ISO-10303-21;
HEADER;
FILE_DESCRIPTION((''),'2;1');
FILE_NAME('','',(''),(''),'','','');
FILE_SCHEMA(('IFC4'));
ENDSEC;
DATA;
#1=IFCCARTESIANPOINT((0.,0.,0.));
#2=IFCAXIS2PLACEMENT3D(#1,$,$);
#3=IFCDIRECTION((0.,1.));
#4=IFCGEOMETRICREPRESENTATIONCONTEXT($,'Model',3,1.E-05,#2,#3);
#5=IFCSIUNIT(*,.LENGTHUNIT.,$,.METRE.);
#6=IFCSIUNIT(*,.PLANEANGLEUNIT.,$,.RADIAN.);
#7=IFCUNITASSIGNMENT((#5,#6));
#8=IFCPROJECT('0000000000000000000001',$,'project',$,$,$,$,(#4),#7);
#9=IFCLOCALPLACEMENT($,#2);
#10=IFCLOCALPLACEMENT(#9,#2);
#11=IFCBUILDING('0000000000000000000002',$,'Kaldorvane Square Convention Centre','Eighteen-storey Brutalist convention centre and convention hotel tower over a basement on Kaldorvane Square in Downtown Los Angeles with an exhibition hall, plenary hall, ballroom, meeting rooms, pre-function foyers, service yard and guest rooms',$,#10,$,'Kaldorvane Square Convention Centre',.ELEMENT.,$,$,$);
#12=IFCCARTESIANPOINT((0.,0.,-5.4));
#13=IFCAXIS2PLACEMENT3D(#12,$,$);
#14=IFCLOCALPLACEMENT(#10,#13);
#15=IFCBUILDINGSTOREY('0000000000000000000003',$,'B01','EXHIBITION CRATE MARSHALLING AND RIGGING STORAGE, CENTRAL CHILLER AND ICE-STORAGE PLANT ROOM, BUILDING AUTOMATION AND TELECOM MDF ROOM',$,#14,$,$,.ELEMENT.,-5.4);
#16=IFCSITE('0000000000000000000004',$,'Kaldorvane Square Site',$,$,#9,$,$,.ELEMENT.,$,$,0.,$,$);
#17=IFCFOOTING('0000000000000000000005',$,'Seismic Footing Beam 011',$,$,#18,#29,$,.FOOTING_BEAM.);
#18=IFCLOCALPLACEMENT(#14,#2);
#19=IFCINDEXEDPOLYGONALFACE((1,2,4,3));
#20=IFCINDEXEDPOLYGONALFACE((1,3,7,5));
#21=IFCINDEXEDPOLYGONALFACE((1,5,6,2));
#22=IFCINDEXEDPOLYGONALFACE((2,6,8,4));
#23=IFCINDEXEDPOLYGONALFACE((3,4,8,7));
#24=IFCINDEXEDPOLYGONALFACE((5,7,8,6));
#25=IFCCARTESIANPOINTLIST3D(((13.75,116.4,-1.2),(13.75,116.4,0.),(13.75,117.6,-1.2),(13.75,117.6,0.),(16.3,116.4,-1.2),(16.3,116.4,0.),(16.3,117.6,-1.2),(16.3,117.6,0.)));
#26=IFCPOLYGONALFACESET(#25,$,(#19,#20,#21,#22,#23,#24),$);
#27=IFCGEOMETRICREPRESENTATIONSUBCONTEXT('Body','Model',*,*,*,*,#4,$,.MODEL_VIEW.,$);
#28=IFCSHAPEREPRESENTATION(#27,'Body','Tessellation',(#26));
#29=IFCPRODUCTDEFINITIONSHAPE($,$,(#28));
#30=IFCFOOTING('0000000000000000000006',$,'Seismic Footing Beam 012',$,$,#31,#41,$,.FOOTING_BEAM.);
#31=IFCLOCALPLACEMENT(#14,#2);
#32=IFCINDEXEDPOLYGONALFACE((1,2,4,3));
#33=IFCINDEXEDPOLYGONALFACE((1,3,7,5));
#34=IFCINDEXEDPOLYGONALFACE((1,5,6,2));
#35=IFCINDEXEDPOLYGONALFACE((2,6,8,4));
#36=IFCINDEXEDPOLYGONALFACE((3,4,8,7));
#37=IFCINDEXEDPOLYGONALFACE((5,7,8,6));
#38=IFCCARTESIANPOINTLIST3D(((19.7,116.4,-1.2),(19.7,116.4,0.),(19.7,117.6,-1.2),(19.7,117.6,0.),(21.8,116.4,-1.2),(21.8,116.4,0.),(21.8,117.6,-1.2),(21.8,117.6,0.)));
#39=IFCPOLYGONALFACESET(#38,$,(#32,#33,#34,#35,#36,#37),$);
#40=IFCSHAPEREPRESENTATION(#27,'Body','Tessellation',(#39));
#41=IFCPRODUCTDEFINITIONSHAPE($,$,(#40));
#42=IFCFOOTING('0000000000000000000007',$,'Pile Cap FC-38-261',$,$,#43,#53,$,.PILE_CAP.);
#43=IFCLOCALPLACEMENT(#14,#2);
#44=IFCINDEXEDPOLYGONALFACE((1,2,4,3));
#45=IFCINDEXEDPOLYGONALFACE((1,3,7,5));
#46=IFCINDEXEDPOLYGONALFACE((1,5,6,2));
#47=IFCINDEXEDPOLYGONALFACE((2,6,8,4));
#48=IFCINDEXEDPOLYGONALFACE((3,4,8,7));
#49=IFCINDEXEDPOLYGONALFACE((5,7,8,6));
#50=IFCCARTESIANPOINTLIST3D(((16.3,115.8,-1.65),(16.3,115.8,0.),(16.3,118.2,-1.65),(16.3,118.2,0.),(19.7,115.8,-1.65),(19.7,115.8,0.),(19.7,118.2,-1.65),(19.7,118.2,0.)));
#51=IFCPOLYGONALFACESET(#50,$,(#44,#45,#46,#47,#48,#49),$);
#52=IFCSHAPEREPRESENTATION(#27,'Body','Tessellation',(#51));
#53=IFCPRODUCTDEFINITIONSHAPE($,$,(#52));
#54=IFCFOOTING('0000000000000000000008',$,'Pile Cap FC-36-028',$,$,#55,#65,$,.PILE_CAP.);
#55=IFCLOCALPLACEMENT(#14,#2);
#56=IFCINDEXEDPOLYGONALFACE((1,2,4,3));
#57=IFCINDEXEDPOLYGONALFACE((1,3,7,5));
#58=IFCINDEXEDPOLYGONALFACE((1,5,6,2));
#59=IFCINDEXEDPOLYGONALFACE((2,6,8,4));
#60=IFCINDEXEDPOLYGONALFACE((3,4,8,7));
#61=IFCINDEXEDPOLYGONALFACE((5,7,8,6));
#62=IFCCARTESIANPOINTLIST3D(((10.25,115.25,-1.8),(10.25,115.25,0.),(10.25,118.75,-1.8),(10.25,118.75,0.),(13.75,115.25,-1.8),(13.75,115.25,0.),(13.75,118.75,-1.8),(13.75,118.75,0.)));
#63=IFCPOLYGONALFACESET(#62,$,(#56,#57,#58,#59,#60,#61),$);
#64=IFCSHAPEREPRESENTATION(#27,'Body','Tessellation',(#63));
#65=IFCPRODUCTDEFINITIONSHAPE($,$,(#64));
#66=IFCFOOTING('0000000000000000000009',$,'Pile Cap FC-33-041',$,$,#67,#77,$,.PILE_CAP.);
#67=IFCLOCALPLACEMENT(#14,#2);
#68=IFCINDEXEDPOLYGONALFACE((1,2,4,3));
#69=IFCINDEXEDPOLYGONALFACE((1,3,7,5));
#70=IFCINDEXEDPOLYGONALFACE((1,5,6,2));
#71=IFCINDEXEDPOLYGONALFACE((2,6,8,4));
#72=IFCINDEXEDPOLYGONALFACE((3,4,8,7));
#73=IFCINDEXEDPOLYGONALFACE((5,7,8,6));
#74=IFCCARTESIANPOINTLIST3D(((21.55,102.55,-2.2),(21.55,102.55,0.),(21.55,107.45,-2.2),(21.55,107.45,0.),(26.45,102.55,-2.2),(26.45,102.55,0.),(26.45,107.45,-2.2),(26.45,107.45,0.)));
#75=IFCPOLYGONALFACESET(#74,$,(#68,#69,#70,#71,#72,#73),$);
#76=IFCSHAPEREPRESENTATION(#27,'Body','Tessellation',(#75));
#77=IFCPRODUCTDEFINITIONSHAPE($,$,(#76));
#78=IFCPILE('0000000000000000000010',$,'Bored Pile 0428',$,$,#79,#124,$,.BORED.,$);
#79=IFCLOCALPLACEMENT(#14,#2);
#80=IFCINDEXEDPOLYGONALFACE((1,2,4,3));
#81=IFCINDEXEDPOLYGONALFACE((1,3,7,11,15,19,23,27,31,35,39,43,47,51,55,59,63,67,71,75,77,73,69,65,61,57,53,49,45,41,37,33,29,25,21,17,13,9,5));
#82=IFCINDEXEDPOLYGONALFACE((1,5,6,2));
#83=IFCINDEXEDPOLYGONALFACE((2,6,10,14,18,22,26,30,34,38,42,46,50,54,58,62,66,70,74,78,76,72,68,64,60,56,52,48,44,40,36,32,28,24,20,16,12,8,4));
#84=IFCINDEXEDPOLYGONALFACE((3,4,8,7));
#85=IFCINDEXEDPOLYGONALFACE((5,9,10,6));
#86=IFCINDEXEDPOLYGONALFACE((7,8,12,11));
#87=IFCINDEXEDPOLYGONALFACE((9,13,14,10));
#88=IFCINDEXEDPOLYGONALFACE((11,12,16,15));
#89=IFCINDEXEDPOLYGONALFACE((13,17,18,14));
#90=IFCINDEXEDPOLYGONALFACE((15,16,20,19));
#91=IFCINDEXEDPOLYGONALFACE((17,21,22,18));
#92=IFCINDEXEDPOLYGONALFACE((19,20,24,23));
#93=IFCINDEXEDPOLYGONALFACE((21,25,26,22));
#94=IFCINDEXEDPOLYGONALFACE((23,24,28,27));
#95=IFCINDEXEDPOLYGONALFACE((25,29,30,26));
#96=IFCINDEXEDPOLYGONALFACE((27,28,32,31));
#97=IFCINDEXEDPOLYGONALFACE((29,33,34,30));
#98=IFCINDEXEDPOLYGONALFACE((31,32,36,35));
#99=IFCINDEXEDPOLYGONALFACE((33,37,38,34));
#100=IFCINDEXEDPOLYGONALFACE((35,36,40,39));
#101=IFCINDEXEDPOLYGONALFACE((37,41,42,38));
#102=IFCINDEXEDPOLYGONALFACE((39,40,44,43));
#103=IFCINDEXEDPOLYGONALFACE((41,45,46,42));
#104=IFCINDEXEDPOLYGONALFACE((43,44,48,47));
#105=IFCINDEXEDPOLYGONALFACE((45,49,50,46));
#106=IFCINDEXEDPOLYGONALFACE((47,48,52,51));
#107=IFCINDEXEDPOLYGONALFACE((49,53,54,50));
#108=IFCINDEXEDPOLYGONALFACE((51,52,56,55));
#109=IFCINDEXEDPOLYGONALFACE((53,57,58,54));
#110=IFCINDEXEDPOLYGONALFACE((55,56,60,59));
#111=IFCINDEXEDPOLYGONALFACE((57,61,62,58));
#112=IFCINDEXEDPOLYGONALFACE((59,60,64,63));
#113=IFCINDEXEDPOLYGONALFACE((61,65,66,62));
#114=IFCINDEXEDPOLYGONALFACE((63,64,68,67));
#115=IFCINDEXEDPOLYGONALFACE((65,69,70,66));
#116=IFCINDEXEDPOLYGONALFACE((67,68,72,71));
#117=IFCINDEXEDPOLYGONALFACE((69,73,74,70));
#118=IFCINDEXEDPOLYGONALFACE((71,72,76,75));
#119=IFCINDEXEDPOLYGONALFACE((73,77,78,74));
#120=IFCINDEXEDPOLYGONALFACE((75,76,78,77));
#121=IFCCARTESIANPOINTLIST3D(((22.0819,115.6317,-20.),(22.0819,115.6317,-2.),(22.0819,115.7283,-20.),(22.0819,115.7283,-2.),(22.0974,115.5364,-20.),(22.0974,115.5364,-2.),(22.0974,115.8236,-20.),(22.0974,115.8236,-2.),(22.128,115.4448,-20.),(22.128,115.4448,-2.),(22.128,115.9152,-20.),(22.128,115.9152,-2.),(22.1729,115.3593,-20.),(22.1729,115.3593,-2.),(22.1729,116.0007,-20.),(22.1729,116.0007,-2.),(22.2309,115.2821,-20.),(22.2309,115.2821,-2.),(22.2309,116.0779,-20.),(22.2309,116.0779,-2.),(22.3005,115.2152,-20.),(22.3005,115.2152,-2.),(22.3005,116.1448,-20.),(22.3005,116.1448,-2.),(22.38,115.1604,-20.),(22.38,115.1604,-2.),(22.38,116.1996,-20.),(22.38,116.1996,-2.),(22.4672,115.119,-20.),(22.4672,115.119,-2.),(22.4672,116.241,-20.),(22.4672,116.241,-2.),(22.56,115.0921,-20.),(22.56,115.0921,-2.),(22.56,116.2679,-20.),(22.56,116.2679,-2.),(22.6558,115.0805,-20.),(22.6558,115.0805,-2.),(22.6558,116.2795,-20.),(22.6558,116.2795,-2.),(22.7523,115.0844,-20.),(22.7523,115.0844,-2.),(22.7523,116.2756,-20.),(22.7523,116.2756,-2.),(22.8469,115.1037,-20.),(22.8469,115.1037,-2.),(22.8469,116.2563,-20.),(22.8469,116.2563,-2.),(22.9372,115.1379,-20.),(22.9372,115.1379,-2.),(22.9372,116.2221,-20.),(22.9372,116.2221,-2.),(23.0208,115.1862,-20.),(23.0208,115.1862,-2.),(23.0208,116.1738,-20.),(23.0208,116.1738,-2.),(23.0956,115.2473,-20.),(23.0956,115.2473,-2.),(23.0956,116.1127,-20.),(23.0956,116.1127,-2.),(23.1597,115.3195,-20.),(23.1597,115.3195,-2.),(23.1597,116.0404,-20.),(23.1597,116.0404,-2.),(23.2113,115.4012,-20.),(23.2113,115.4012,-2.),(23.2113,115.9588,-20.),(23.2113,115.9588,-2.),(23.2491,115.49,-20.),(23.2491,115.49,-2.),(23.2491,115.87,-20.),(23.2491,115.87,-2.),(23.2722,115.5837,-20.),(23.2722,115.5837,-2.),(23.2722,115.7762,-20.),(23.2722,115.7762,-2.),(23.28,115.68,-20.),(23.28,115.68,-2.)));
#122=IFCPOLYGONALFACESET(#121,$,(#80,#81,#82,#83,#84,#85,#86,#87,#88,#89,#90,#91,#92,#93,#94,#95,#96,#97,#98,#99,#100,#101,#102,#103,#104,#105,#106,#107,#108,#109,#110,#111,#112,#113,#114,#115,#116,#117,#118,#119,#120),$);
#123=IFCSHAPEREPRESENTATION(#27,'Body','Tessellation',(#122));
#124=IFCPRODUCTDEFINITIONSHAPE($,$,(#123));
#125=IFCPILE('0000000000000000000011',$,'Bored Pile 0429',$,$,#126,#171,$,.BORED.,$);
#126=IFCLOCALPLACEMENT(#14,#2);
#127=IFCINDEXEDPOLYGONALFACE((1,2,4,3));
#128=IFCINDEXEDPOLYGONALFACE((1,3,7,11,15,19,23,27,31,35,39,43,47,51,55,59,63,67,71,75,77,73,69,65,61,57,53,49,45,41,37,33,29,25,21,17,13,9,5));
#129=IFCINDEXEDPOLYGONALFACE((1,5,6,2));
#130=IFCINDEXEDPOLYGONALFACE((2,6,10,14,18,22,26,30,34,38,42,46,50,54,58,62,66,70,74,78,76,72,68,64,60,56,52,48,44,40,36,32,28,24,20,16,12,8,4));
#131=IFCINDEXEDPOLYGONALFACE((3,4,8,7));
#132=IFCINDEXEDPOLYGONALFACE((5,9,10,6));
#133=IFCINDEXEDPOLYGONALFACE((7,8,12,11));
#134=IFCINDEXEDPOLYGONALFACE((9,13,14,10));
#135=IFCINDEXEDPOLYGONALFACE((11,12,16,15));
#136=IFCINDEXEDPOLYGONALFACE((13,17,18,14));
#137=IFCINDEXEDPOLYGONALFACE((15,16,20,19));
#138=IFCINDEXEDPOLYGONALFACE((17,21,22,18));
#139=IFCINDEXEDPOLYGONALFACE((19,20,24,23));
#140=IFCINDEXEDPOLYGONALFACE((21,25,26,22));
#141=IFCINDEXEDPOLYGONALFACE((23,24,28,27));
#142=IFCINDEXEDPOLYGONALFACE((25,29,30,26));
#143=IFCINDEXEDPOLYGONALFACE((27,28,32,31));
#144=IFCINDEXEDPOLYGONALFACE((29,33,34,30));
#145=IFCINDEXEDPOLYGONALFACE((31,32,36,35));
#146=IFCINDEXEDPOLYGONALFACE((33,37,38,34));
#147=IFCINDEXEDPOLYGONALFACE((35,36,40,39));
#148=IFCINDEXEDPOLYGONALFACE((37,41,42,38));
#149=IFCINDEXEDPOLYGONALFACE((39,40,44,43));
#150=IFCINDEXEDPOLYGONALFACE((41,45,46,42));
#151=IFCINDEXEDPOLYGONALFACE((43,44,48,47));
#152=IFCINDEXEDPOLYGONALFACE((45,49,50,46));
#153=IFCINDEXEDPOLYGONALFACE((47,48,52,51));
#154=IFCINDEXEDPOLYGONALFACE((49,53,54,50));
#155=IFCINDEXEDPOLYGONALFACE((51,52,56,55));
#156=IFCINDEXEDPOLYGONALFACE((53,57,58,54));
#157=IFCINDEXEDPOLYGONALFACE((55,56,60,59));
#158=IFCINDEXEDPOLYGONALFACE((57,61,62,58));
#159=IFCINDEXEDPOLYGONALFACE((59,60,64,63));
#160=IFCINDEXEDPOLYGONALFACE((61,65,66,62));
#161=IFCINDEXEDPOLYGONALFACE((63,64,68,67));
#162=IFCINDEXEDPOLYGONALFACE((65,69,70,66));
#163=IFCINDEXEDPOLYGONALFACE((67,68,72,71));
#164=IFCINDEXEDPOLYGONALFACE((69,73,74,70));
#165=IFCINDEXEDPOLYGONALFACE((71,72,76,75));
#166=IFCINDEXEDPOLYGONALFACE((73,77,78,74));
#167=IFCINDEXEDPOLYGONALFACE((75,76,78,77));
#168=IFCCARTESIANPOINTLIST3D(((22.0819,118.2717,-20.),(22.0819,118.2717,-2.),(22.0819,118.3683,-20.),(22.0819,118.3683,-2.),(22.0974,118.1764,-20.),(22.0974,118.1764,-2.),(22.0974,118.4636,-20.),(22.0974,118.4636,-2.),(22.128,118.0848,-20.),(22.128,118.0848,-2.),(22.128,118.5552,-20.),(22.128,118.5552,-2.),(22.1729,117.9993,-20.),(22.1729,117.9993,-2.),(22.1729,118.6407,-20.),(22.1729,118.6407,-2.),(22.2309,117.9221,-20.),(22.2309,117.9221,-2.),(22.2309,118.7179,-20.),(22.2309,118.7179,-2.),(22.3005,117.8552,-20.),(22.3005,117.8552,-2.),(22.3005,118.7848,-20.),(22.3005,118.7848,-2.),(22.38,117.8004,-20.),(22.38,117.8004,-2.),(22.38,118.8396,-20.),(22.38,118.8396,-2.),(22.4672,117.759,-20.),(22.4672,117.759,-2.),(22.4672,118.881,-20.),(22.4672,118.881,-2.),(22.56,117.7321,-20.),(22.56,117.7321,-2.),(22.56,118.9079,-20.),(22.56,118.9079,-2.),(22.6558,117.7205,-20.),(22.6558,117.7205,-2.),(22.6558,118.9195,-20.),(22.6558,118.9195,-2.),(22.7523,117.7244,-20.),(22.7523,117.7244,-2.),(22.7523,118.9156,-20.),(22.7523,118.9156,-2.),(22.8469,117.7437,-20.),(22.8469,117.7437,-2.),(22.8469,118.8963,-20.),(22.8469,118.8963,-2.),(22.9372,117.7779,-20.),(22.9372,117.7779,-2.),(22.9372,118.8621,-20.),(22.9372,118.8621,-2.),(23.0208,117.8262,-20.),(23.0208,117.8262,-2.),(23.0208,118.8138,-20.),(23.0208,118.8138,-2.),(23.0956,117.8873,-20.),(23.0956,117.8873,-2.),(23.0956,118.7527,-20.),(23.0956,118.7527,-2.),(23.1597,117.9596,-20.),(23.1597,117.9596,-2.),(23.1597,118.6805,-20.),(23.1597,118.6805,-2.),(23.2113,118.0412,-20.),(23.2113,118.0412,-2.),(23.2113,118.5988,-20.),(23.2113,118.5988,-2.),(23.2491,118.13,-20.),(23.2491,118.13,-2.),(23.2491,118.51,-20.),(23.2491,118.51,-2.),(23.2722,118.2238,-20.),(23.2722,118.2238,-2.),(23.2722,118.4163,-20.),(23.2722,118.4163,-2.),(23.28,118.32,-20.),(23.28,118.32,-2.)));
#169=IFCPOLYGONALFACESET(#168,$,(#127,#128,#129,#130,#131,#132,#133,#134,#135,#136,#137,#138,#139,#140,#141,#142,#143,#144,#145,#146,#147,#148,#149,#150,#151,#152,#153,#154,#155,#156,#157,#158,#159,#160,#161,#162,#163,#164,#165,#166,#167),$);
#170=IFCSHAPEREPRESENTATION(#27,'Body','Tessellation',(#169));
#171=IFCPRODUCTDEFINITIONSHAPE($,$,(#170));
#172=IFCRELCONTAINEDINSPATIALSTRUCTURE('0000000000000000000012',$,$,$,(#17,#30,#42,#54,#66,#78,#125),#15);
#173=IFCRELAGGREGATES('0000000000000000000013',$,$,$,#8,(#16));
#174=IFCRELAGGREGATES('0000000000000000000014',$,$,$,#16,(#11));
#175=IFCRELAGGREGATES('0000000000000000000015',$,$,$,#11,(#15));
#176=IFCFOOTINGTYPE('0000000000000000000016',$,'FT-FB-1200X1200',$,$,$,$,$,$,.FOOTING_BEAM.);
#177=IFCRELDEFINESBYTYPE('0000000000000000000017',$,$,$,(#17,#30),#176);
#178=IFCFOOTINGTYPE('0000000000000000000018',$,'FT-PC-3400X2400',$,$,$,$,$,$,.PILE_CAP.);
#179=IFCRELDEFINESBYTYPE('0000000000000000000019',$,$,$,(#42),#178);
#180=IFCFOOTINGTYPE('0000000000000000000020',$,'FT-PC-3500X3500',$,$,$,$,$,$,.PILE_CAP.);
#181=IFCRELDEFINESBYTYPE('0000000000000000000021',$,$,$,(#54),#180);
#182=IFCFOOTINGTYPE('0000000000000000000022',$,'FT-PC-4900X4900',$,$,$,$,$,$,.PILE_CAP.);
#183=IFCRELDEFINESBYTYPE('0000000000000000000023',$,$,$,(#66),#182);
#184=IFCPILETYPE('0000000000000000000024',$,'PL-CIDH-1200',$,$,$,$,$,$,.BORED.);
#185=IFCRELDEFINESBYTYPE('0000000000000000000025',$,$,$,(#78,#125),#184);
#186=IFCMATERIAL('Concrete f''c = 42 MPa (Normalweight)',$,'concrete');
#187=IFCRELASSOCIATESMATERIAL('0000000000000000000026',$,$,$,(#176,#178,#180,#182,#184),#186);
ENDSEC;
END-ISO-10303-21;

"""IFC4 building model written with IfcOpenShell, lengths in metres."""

from ifc_helpers import new_model, si_unit, direction, frame, origin, origin_2d, place, context, subcontext, project, spatial, rectangle, circle, extrude, material, material_profile, profile_set, type_object, element, save


model = new_model("IFC4")

# Units and contexts
model_context = context("Model", 3, precision=1e-05, world=origin(), true_north=direction((0.0, 1.0)))
body_context = subcontext(model_context, "Body", "Model", "MODEL_VIEW")
ifc_project = project(units=[si_unit("LENGTHUNIT", "METRE"), si_unit("PLANEANGLEUNIT", "RADIAN")], contexts=[model_context])

# Site, building, storey
site_placement = place(None, origin())
site = spatial("IfcSite", under=ifc_project, at=site_placement, Name="Kaldorvane Square Site", CompositionType="ELEMENT", RefElevation=0.0)
building_placement = place(site_placement, origin())
building = spatial("IfcBuilding", under=site, at=building_placement, Name="Kaldorvane Square Convention Centre", Description="Eighteen-storey Brutalist convention centre and convention hotel tower over a basement on Kaldorvane Square in Downtown Los Angeles with an exhibition hall, plenary hall, ballroom, meeting rooms, pre-function foyers, service yard and guest rooms", LongName="Kaldorvane Square Convention Centre", CompositionType="ELEMENT")
storey_placement = place(building_placement, frame((0.0, 0.0, -5.4)))
storey = spatial("IfcBuildingStorey", under=building, at=storey_placement, Name="B01", Description="EXHIBITION CRATE MARSHALLING AND RIGGING STORAGE, CENTRAL CHILLER AND ICE-STORAGE PLANT ROOM, BUILDING AUTOMATION AND TELECOM MDF ROOM", CompositionType="ELEMENT", Elevation=-5.4)

# Footings
ifc_material_1 = material(Name="Concrete f'c = 42 MPa (Normalweight)", Category="concrete")
footing_type_1 = type_object("IfcFootingType", Name="FT-FB-1200X1200", PredefinedType="FOOTING_BEAM", material=ifc_material_1)
footing_1_placement = place(storey_placement, frame((15.025, 117.0, -1.2), z_axis=(0.0, 0.0, 1.0), x_axis=(1.0, 0.0, 0.0)))
element("IfcFooting", 1, at=footing_1_placement, inside=storey, type_object=footing_type_1, Name="Seismic Footing Beam 011", PredefinedType="FOOTING_BEAM", context=body_context, shape_type="SweptSolid", body=[
    extrude(rectangle(XDim=2.55, YDim=1.2, at=origin_2d()), origin(), (0.0, 0.0, 1.0), 1.2),
])
footing_2_placement = place(storey_placement, frame((20.75, 117.0, -1.2), z_axis=(0.0, 0.0, 1.0), x_axis=(1.0, 0.0, 0.0)))
element("IfcFooting", 2, at=footing_2_placement, inside=storey, type_object=footing_type_1, Name="Seismic Footing Beam 012", PredefinedType="FOOTING_BEAM", context=body_context, shape_type="SweptSolid", body=[
    extrude(rectangle(XDim=2.1, YDim=1.2, at=origin_2d()), origin(), (0.0, 0.0, 1.0), 1.2),
])
footing_type_2 = type_object("IfcFootingType", Name="FT-PC-3400X2400", PredefinedType="PILE_CAP", material=ifc_material_1)
footing_3_placement = place(storey_placement, frame((18.0, 117.0, -1.65), z_axis=(0.0, 0.0, 1.0), x_axis=(1.0, 0.0, 0.0)))
element("IfcFooting", 3, at=footing_3_placement, inside=storey, type_object=footing_type_2, Name="Pile Cap FC-38-261", PredefinedType="PILE_CAP", context=body_context, shape_type="SweptSolid", body=[
    extrude(rectangle(XDim=3.4, YDim=2.4, at=origin_2d()), origin(), (0.0, 0.0, 1.0), 1.65),
])
footing_type_3 = type_object("IfcFootingType", Name="FT-PC-3500X3500", PredefinedType="PILE_CAP", material=ifc_material_1)
footing_4_placement = place(storey_placement, frame((12.0, 117.0, -1.8), z_axis=(0.0, 0.0, 1.0), x_axis=(1.0, 0.0, 0.0)))
element("IfcFooting", 4, at=footing_4_placement, inside=storey, type_object=footing_type_3, Name="Pile Cap FC-36-028", PredefinedType="PILE_CAP", context=body_context, shape_type="SweptSolid", body=[
    extrude(rectangle(XDim=3.5, YDim=3.5, at=origin_2d()), origin(), (0.0, 0.0, 1.0), 1.8),
])
footing_type_4 = type_object("IfcFootingType", Name="FT-PC-4900X4900", PredefinedType="PILE_CAP", material=ifc_material_1)
footing_5_placement = place(storey_placement, frame((24.0, 105.0, -2.2), z_axis=(0.0, 0.0, 1.0), x_axis=(1.0, 0.0, 0.0)))
element("IfcFooting", 5, at=footing_5_placement, inside=storey, type_object=footing_type_4, Name="Pile Cap FC-33-041", PredefinedType="PILE_CAP", context=body_context, shape_type="SweptSolid", body=[
    extrude(rectangle(XDim=4.9, YDim=4.9, at=origin_2d()), origin(), (0.0, 0.0, 1.0), 2.2),
])

# Piles
ifc_material_profile_1 = material_profile(ifc_material_1, circle(Radius=0.6, at=origin_2d()), Name="PILE-D1200")
ifc_profile_set_1 = profile_set([ifc_material_profile_1], Name="Concrete f'c = 42 MPa (Normalweight)")
pile_type_1 = type_object("IfcPileType", Name="PL-CIDH-1200", PredefinedType="BORED", material=ifc_profile_set_1)
for number, where, z_axis, x_axis, name in (
    (6, (22.68, 115.68, -2.0), (0.0, 0.0, -1.0), (1.0, 0.0, 0.0), "Bored Pile 0428"),
    (7, (22.68, 118.32, -2.0), (0.0, 0.0, -1.0), (1.0, 0.0, 0.0), "Bored Pile 0429"),
):
    element("IfcPile", number, at=place(storey_placement, frame(where, z_axis=z_axis, x_axis=x_axis)), inside=storey, type_object=pile_type_1, Name=name, PredefinedType="BORED", context=body_context, shape_type="SweptSolid", body=[
        extrude(circle(Radius=0.6, at=origin_2d()), origin(), (0.0, 0.0, 1.0), 18.0),
    ])

save(model, "model.ifc")
